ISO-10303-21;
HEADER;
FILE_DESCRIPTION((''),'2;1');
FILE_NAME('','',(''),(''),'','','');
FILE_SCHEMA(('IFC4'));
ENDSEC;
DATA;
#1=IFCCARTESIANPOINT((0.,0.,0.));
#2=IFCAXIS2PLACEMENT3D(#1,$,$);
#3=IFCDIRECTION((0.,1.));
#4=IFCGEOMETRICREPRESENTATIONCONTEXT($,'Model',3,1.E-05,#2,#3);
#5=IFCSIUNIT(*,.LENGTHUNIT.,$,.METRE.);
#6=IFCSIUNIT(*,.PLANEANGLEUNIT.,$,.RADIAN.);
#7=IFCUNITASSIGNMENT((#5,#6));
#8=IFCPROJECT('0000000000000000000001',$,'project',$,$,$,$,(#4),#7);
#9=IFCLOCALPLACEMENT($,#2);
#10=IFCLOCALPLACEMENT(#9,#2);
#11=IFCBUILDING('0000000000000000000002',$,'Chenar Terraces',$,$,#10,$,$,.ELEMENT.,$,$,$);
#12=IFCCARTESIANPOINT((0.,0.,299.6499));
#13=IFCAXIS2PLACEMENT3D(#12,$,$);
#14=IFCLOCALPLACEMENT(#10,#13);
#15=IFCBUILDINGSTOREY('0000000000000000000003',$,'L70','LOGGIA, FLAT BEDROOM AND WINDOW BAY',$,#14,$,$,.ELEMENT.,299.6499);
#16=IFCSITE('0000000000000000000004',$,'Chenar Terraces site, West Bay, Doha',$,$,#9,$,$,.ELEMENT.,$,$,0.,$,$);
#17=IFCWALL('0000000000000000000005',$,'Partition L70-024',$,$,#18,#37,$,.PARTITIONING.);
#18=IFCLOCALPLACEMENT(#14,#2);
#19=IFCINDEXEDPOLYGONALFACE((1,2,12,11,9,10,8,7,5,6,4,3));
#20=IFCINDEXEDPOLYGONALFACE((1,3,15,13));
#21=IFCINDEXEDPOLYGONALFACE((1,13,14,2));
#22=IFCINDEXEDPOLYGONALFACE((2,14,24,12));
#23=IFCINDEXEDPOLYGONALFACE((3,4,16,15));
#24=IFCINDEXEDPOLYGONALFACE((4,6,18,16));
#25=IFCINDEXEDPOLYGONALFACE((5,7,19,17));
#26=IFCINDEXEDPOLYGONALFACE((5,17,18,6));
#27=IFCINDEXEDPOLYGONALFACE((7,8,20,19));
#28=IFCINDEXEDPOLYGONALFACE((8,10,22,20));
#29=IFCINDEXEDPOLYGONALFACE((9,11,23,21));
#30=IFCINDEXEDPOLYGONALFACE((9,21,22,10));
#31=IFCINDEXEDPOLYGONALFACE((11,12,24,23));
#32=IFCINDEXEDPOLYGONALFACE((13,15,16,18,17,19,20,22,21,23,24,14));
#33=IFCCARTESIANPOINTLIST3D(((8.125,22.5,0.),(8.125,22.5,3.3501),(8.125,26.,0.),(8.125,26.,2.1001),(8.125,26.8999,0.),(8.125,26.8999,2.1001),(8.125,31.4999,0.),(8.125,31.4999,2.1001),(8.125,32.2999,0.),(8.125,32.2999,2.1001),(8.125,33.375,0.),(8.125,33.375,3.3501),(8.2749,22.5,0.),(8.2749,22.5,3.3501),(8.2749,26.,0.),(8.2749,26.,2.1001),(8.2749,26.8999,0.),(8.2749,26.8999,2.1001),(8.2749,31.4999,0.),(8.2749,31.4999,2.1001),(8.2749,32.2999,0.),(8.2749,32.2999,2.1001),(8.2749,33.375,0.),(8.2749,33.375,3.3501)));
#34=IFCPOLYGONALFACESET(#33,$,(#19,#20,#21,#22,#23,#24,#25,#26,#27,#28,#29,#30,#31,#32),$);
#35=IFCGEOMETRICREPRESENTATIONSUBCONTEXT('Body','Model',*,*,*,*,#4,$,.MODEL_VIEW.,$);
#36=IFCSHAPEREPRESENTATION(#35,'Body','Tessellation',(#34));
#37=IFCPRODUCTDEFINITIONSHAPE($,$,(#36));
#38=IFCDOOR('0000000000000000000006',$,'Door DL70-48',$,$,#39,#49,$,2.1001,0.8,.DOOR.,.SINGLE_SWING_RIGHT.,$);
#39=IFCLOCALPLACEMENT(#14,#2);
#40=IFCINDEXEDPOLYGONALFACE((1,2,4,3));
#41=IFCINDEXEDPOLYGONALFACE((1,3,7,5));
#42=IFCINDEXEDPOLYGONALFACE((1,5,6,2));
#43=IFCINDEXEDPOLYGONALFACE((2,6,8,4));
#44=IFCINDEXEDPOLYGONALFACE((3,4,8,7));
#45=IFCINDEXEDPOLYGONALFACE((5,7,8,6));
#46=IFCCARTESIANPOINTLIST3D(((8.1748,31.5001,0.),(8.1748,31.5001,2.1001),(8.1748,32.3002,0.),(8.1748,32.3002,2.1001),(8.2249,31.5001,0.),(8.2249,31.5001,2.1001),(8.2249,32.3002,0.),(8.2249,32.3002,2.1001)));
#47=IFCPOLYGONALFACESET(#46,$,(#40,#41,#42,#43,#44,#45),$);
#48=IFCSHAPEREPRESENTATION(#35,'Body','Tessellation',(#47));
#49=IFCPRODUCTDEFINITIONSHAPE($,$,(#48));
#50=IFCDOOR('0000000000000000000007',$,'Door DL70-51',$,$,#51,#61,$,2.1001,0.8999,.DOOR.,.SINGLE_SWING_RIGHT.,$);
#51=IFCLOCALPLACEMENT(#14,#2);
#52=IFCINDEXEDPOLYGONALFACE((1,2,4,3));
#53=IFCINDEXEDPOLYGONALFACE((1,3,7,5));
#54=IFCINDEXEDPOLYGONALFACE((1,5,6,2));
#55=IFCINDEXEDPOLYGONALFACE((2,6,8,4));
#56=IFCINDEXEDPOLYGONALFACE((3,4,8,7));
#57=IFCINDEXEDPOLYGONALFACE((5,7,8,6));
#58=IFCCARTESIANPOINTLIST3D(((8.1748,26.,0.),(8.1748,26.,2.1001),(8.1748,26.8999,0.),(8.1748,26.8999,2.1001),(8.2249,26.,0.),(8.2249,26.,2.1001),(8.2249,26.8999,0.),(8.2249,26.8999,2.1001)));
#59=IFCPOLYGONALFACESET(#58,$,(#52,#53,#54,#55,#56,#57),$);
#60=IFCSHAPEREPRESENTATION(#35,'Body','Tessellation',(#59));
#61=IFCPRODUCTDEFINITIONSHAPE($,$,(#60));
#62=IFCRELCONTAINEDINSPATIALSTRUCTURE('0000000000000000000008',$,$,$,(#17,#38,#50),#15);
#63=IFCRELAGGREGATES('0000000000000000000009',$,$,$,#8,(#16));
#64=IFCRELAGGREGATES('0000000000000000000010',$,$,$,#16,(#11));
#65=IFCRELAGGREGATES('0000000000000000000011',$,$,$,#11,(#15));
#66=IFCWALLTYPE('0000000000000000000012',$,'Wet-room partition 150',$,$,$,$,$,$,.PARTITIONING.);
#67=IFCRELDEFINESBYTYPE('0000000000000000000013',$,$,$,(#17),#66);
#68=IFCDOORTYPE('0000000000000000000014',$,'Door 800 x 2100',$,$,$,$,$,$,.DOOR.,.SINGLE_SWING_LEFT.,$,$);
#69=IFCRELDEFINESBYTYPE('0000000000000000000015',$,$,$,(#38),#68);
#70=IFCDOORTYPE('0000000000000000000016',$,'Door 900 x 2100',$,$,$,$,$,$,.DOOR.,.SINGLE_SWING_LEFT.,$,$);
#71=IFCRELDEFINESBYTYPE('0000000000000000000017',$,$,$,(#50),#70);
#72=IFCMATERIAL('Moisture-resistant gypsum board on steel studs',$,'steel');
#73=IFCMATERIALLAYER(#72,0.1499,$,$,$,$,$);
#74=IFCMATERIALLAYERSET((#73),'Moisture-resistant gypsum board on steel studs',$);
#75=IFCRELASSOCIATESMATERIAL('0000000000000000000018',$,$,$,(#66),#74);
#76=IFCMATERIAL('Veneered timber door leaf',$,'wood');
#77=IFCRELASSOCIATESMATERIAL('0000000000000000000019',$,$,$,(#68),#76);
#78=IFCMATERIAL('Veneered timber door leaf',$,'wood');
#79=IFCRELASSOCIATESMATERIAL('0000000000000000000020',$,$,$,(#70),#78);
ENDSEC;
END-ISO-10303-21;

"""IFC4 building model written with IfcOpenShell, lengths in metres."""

from ifc_helpers import new_model, si_unit, direction, frame, frame_2d, origin, place, context, subcontext, project, spatial, rectangle, extrude, material, layer, layer_set, type_object, element, fill, save


model = new_model("IFC4")

# Units and contexts
model_context = context("Model", 3, precision=1e-05, world=origin(), true_north=direction((0.0, 1.0)))
body_context = subcontext(model_context, "Body", "Model", "MODEL_VIEW")
ifc_project = project(units=[si_unit("LENGTHUNIT", "METRE"), si_unit("PLANEANGLEUNIT", "RADIAN")], contexts=[model_context])

# Site, building, storey
site_placement = place(None, origin())
site = spatial("IfcSite", under=ifc_project, at=site_placement, Name="Chenar Terraces site, West Bay, Doha", CompositionType="ELEMENT", RefElevation=0.0)
building_placement = place(site_placement, origin())
building = spatial("IfcBuilding", under=site, at=building_placement, Name="Chenar Terraces", CompositionType="ELEMENT")
storey_placement = place(building_placement, frame((0.0, 0.0, 299.6499)))
storey = spatial("IfcBuildingStorey", under=building, at=storey_placement, Name="L70", Description="LOGGIA, FLAT BEDROOM AND WINDOW BAY", CompositionType="ELEMENT", Elevation=299.6499)

# Wall, openings, doors
ifc_material_1 = material(Name="Moisture-resistant gypsum board on steel studs", Category="steel")
ifc_layer_1 = layer(ifc_material_1, 0.1499)
ifc_layer_set_1 = layer_set([ifc_layer_1], Name="Moisture-resistant gypsum board on steel studs")
wall_type_1 = type_object("IfcWallType", Name="Wet-room partition 150", PredefinedType="PARTITIONING", material=ifc_layer_set_1)
wall_1_placement = place(storey_placement, frame((8.2, 22.5, 0.0), z_axis=(0.0, 0.0, 1.0), x_axis=(0.0, 1.0, 0.0)))
wall_1 = element("IfcWall", 1, at=wall_1_placement, inside=storey, type_object=wall_type_1, Name="Partition L70-024", PredefinedType="PARTITIONING", context=body_context, shape_type="SweptSolid", body=[
    extrude(rectangle(XDim=10.875, YDim=0.1499, at=frame_2d((5.4375, 0.0))), origin(), (0.0, 0.0, 1.0), 3.3501),
])
opening_1_placement = place(wall_1_placement, frame((9.0, 0.0, 0.0)))
opening_1 = element("IfcOpeningElement", 2, at=opening_1_placement, cuts=wall_1, PredefinedType="OPENING", context=body_context, shape_type="SweptSolid", body=[
    extrude(rectangle(XDim=0.8, YDim=2.1001, at=frame_2d((0.3999, 1.05))), frame((0.0, 0.085, 0.0), z_axis=(0.0, -1.0, 0.0), x_axis=(1.0, 0.0, 0.0)), (0.0, 0.0, 1.0), 0.1699),
])
opening_2_placement = place(wall_1_placement, frame((3.5, 0.0, 0.0)))
opening_2 = element("IfcOpeningElement", 3, at=opening_2_placement, cuts=wall_1, PredefinedType="OPENING", context=body_context, shape_type="SweptSolid", body=[
    extrude(rectangle(XDim=0.8999, YDim=2.1001, at=frame_2d((0.45, 1.05))), frame((0.0, 0.085, 0.0), z_axis=(0.0, -1.0, 0.0), x_axis=(1.0, 0.0, 0.0)), (0.0, 0.0, 1.0), 0.1699),
])
ifc_material_2 = material(Name="Veneered timber door leaf", Category="wood")
door_type_1 = type_object("IfcDoorType", Name="Door 800 x 2100", OperationType="SINGLE_SWING_LEFT", PredefinedType="DOOR", material=ifc_material_2)
door_1_placement = place(opening_1_placement, frame((0.8, 0.0, 0.0), z_axis=(0.0, 0.0, 1.0), x_axis=(-1.0, 0.0, 0.0)))
door_1 = element("IfcDoor", 4, at=door_1_placement, inside=storey, type_object=door_type_1, Name="Door DL70-48", OperationType="SINGLE_SWING_RIGHT", OverallHeight=2.1001, OverallWidth=0.8, PredefinedType="DOOR", context=body_context, shape_type="SweptSolid", body=[
    extrude(rectangle(XDim=0.8, YDim=2.1001, at=frame_2d((0.3999, 1.05))), frame((0.0, 0.0249, 0.0), z_axis=(0.0, -1.0, 0.0), x_axis=(1.0, 0.0, 0.0)), (0.0, 0.0, 1.0), 0.05),
])
fill(opening_1, door_1)
ifc_material_3 = material(Name="Veneered timber door leaf", Category="wood")
door_type_2 = type_object("IfcDoorType", Name="Door 900 x 2100", OperationType="SINGLE_SWING_LEFT", PredefinedType="DOOR", material=ifc_material_3)
door_2_placement = place(opening_2_placement, frame((0.8999, 0.0, 0.0), z_axis=(0.0, 0.0, 1.0), x_axis=(-1.0, 0.0, 0.0)))
door_2 = element("IfcDoor", 5, at=door_2_placement, inside=storey, type_object=door_type_2, Name="Door DL70-51", OperationType="SINGLE_SWING_RIGHT", OverallHeight=2.1001, OverallWidth=0.8999, PredefinedType="DOOR", context=body_context, shape_type="SweptSolid", body=[
    extrude(rectangle(XDim=0.8999, YDim=2.1001, at=frame_2d((0.45, 1.05))), frame((0.0, 0.0249, 0.0), z_axis=(0.0, -1.0, 0.0), x_axis=(1.0, 0.0, 0.0)), (0.0, 0.0, 1.0), 0.05),
])
fill(opening_2, door_2)

save(model, "model.ifc")
